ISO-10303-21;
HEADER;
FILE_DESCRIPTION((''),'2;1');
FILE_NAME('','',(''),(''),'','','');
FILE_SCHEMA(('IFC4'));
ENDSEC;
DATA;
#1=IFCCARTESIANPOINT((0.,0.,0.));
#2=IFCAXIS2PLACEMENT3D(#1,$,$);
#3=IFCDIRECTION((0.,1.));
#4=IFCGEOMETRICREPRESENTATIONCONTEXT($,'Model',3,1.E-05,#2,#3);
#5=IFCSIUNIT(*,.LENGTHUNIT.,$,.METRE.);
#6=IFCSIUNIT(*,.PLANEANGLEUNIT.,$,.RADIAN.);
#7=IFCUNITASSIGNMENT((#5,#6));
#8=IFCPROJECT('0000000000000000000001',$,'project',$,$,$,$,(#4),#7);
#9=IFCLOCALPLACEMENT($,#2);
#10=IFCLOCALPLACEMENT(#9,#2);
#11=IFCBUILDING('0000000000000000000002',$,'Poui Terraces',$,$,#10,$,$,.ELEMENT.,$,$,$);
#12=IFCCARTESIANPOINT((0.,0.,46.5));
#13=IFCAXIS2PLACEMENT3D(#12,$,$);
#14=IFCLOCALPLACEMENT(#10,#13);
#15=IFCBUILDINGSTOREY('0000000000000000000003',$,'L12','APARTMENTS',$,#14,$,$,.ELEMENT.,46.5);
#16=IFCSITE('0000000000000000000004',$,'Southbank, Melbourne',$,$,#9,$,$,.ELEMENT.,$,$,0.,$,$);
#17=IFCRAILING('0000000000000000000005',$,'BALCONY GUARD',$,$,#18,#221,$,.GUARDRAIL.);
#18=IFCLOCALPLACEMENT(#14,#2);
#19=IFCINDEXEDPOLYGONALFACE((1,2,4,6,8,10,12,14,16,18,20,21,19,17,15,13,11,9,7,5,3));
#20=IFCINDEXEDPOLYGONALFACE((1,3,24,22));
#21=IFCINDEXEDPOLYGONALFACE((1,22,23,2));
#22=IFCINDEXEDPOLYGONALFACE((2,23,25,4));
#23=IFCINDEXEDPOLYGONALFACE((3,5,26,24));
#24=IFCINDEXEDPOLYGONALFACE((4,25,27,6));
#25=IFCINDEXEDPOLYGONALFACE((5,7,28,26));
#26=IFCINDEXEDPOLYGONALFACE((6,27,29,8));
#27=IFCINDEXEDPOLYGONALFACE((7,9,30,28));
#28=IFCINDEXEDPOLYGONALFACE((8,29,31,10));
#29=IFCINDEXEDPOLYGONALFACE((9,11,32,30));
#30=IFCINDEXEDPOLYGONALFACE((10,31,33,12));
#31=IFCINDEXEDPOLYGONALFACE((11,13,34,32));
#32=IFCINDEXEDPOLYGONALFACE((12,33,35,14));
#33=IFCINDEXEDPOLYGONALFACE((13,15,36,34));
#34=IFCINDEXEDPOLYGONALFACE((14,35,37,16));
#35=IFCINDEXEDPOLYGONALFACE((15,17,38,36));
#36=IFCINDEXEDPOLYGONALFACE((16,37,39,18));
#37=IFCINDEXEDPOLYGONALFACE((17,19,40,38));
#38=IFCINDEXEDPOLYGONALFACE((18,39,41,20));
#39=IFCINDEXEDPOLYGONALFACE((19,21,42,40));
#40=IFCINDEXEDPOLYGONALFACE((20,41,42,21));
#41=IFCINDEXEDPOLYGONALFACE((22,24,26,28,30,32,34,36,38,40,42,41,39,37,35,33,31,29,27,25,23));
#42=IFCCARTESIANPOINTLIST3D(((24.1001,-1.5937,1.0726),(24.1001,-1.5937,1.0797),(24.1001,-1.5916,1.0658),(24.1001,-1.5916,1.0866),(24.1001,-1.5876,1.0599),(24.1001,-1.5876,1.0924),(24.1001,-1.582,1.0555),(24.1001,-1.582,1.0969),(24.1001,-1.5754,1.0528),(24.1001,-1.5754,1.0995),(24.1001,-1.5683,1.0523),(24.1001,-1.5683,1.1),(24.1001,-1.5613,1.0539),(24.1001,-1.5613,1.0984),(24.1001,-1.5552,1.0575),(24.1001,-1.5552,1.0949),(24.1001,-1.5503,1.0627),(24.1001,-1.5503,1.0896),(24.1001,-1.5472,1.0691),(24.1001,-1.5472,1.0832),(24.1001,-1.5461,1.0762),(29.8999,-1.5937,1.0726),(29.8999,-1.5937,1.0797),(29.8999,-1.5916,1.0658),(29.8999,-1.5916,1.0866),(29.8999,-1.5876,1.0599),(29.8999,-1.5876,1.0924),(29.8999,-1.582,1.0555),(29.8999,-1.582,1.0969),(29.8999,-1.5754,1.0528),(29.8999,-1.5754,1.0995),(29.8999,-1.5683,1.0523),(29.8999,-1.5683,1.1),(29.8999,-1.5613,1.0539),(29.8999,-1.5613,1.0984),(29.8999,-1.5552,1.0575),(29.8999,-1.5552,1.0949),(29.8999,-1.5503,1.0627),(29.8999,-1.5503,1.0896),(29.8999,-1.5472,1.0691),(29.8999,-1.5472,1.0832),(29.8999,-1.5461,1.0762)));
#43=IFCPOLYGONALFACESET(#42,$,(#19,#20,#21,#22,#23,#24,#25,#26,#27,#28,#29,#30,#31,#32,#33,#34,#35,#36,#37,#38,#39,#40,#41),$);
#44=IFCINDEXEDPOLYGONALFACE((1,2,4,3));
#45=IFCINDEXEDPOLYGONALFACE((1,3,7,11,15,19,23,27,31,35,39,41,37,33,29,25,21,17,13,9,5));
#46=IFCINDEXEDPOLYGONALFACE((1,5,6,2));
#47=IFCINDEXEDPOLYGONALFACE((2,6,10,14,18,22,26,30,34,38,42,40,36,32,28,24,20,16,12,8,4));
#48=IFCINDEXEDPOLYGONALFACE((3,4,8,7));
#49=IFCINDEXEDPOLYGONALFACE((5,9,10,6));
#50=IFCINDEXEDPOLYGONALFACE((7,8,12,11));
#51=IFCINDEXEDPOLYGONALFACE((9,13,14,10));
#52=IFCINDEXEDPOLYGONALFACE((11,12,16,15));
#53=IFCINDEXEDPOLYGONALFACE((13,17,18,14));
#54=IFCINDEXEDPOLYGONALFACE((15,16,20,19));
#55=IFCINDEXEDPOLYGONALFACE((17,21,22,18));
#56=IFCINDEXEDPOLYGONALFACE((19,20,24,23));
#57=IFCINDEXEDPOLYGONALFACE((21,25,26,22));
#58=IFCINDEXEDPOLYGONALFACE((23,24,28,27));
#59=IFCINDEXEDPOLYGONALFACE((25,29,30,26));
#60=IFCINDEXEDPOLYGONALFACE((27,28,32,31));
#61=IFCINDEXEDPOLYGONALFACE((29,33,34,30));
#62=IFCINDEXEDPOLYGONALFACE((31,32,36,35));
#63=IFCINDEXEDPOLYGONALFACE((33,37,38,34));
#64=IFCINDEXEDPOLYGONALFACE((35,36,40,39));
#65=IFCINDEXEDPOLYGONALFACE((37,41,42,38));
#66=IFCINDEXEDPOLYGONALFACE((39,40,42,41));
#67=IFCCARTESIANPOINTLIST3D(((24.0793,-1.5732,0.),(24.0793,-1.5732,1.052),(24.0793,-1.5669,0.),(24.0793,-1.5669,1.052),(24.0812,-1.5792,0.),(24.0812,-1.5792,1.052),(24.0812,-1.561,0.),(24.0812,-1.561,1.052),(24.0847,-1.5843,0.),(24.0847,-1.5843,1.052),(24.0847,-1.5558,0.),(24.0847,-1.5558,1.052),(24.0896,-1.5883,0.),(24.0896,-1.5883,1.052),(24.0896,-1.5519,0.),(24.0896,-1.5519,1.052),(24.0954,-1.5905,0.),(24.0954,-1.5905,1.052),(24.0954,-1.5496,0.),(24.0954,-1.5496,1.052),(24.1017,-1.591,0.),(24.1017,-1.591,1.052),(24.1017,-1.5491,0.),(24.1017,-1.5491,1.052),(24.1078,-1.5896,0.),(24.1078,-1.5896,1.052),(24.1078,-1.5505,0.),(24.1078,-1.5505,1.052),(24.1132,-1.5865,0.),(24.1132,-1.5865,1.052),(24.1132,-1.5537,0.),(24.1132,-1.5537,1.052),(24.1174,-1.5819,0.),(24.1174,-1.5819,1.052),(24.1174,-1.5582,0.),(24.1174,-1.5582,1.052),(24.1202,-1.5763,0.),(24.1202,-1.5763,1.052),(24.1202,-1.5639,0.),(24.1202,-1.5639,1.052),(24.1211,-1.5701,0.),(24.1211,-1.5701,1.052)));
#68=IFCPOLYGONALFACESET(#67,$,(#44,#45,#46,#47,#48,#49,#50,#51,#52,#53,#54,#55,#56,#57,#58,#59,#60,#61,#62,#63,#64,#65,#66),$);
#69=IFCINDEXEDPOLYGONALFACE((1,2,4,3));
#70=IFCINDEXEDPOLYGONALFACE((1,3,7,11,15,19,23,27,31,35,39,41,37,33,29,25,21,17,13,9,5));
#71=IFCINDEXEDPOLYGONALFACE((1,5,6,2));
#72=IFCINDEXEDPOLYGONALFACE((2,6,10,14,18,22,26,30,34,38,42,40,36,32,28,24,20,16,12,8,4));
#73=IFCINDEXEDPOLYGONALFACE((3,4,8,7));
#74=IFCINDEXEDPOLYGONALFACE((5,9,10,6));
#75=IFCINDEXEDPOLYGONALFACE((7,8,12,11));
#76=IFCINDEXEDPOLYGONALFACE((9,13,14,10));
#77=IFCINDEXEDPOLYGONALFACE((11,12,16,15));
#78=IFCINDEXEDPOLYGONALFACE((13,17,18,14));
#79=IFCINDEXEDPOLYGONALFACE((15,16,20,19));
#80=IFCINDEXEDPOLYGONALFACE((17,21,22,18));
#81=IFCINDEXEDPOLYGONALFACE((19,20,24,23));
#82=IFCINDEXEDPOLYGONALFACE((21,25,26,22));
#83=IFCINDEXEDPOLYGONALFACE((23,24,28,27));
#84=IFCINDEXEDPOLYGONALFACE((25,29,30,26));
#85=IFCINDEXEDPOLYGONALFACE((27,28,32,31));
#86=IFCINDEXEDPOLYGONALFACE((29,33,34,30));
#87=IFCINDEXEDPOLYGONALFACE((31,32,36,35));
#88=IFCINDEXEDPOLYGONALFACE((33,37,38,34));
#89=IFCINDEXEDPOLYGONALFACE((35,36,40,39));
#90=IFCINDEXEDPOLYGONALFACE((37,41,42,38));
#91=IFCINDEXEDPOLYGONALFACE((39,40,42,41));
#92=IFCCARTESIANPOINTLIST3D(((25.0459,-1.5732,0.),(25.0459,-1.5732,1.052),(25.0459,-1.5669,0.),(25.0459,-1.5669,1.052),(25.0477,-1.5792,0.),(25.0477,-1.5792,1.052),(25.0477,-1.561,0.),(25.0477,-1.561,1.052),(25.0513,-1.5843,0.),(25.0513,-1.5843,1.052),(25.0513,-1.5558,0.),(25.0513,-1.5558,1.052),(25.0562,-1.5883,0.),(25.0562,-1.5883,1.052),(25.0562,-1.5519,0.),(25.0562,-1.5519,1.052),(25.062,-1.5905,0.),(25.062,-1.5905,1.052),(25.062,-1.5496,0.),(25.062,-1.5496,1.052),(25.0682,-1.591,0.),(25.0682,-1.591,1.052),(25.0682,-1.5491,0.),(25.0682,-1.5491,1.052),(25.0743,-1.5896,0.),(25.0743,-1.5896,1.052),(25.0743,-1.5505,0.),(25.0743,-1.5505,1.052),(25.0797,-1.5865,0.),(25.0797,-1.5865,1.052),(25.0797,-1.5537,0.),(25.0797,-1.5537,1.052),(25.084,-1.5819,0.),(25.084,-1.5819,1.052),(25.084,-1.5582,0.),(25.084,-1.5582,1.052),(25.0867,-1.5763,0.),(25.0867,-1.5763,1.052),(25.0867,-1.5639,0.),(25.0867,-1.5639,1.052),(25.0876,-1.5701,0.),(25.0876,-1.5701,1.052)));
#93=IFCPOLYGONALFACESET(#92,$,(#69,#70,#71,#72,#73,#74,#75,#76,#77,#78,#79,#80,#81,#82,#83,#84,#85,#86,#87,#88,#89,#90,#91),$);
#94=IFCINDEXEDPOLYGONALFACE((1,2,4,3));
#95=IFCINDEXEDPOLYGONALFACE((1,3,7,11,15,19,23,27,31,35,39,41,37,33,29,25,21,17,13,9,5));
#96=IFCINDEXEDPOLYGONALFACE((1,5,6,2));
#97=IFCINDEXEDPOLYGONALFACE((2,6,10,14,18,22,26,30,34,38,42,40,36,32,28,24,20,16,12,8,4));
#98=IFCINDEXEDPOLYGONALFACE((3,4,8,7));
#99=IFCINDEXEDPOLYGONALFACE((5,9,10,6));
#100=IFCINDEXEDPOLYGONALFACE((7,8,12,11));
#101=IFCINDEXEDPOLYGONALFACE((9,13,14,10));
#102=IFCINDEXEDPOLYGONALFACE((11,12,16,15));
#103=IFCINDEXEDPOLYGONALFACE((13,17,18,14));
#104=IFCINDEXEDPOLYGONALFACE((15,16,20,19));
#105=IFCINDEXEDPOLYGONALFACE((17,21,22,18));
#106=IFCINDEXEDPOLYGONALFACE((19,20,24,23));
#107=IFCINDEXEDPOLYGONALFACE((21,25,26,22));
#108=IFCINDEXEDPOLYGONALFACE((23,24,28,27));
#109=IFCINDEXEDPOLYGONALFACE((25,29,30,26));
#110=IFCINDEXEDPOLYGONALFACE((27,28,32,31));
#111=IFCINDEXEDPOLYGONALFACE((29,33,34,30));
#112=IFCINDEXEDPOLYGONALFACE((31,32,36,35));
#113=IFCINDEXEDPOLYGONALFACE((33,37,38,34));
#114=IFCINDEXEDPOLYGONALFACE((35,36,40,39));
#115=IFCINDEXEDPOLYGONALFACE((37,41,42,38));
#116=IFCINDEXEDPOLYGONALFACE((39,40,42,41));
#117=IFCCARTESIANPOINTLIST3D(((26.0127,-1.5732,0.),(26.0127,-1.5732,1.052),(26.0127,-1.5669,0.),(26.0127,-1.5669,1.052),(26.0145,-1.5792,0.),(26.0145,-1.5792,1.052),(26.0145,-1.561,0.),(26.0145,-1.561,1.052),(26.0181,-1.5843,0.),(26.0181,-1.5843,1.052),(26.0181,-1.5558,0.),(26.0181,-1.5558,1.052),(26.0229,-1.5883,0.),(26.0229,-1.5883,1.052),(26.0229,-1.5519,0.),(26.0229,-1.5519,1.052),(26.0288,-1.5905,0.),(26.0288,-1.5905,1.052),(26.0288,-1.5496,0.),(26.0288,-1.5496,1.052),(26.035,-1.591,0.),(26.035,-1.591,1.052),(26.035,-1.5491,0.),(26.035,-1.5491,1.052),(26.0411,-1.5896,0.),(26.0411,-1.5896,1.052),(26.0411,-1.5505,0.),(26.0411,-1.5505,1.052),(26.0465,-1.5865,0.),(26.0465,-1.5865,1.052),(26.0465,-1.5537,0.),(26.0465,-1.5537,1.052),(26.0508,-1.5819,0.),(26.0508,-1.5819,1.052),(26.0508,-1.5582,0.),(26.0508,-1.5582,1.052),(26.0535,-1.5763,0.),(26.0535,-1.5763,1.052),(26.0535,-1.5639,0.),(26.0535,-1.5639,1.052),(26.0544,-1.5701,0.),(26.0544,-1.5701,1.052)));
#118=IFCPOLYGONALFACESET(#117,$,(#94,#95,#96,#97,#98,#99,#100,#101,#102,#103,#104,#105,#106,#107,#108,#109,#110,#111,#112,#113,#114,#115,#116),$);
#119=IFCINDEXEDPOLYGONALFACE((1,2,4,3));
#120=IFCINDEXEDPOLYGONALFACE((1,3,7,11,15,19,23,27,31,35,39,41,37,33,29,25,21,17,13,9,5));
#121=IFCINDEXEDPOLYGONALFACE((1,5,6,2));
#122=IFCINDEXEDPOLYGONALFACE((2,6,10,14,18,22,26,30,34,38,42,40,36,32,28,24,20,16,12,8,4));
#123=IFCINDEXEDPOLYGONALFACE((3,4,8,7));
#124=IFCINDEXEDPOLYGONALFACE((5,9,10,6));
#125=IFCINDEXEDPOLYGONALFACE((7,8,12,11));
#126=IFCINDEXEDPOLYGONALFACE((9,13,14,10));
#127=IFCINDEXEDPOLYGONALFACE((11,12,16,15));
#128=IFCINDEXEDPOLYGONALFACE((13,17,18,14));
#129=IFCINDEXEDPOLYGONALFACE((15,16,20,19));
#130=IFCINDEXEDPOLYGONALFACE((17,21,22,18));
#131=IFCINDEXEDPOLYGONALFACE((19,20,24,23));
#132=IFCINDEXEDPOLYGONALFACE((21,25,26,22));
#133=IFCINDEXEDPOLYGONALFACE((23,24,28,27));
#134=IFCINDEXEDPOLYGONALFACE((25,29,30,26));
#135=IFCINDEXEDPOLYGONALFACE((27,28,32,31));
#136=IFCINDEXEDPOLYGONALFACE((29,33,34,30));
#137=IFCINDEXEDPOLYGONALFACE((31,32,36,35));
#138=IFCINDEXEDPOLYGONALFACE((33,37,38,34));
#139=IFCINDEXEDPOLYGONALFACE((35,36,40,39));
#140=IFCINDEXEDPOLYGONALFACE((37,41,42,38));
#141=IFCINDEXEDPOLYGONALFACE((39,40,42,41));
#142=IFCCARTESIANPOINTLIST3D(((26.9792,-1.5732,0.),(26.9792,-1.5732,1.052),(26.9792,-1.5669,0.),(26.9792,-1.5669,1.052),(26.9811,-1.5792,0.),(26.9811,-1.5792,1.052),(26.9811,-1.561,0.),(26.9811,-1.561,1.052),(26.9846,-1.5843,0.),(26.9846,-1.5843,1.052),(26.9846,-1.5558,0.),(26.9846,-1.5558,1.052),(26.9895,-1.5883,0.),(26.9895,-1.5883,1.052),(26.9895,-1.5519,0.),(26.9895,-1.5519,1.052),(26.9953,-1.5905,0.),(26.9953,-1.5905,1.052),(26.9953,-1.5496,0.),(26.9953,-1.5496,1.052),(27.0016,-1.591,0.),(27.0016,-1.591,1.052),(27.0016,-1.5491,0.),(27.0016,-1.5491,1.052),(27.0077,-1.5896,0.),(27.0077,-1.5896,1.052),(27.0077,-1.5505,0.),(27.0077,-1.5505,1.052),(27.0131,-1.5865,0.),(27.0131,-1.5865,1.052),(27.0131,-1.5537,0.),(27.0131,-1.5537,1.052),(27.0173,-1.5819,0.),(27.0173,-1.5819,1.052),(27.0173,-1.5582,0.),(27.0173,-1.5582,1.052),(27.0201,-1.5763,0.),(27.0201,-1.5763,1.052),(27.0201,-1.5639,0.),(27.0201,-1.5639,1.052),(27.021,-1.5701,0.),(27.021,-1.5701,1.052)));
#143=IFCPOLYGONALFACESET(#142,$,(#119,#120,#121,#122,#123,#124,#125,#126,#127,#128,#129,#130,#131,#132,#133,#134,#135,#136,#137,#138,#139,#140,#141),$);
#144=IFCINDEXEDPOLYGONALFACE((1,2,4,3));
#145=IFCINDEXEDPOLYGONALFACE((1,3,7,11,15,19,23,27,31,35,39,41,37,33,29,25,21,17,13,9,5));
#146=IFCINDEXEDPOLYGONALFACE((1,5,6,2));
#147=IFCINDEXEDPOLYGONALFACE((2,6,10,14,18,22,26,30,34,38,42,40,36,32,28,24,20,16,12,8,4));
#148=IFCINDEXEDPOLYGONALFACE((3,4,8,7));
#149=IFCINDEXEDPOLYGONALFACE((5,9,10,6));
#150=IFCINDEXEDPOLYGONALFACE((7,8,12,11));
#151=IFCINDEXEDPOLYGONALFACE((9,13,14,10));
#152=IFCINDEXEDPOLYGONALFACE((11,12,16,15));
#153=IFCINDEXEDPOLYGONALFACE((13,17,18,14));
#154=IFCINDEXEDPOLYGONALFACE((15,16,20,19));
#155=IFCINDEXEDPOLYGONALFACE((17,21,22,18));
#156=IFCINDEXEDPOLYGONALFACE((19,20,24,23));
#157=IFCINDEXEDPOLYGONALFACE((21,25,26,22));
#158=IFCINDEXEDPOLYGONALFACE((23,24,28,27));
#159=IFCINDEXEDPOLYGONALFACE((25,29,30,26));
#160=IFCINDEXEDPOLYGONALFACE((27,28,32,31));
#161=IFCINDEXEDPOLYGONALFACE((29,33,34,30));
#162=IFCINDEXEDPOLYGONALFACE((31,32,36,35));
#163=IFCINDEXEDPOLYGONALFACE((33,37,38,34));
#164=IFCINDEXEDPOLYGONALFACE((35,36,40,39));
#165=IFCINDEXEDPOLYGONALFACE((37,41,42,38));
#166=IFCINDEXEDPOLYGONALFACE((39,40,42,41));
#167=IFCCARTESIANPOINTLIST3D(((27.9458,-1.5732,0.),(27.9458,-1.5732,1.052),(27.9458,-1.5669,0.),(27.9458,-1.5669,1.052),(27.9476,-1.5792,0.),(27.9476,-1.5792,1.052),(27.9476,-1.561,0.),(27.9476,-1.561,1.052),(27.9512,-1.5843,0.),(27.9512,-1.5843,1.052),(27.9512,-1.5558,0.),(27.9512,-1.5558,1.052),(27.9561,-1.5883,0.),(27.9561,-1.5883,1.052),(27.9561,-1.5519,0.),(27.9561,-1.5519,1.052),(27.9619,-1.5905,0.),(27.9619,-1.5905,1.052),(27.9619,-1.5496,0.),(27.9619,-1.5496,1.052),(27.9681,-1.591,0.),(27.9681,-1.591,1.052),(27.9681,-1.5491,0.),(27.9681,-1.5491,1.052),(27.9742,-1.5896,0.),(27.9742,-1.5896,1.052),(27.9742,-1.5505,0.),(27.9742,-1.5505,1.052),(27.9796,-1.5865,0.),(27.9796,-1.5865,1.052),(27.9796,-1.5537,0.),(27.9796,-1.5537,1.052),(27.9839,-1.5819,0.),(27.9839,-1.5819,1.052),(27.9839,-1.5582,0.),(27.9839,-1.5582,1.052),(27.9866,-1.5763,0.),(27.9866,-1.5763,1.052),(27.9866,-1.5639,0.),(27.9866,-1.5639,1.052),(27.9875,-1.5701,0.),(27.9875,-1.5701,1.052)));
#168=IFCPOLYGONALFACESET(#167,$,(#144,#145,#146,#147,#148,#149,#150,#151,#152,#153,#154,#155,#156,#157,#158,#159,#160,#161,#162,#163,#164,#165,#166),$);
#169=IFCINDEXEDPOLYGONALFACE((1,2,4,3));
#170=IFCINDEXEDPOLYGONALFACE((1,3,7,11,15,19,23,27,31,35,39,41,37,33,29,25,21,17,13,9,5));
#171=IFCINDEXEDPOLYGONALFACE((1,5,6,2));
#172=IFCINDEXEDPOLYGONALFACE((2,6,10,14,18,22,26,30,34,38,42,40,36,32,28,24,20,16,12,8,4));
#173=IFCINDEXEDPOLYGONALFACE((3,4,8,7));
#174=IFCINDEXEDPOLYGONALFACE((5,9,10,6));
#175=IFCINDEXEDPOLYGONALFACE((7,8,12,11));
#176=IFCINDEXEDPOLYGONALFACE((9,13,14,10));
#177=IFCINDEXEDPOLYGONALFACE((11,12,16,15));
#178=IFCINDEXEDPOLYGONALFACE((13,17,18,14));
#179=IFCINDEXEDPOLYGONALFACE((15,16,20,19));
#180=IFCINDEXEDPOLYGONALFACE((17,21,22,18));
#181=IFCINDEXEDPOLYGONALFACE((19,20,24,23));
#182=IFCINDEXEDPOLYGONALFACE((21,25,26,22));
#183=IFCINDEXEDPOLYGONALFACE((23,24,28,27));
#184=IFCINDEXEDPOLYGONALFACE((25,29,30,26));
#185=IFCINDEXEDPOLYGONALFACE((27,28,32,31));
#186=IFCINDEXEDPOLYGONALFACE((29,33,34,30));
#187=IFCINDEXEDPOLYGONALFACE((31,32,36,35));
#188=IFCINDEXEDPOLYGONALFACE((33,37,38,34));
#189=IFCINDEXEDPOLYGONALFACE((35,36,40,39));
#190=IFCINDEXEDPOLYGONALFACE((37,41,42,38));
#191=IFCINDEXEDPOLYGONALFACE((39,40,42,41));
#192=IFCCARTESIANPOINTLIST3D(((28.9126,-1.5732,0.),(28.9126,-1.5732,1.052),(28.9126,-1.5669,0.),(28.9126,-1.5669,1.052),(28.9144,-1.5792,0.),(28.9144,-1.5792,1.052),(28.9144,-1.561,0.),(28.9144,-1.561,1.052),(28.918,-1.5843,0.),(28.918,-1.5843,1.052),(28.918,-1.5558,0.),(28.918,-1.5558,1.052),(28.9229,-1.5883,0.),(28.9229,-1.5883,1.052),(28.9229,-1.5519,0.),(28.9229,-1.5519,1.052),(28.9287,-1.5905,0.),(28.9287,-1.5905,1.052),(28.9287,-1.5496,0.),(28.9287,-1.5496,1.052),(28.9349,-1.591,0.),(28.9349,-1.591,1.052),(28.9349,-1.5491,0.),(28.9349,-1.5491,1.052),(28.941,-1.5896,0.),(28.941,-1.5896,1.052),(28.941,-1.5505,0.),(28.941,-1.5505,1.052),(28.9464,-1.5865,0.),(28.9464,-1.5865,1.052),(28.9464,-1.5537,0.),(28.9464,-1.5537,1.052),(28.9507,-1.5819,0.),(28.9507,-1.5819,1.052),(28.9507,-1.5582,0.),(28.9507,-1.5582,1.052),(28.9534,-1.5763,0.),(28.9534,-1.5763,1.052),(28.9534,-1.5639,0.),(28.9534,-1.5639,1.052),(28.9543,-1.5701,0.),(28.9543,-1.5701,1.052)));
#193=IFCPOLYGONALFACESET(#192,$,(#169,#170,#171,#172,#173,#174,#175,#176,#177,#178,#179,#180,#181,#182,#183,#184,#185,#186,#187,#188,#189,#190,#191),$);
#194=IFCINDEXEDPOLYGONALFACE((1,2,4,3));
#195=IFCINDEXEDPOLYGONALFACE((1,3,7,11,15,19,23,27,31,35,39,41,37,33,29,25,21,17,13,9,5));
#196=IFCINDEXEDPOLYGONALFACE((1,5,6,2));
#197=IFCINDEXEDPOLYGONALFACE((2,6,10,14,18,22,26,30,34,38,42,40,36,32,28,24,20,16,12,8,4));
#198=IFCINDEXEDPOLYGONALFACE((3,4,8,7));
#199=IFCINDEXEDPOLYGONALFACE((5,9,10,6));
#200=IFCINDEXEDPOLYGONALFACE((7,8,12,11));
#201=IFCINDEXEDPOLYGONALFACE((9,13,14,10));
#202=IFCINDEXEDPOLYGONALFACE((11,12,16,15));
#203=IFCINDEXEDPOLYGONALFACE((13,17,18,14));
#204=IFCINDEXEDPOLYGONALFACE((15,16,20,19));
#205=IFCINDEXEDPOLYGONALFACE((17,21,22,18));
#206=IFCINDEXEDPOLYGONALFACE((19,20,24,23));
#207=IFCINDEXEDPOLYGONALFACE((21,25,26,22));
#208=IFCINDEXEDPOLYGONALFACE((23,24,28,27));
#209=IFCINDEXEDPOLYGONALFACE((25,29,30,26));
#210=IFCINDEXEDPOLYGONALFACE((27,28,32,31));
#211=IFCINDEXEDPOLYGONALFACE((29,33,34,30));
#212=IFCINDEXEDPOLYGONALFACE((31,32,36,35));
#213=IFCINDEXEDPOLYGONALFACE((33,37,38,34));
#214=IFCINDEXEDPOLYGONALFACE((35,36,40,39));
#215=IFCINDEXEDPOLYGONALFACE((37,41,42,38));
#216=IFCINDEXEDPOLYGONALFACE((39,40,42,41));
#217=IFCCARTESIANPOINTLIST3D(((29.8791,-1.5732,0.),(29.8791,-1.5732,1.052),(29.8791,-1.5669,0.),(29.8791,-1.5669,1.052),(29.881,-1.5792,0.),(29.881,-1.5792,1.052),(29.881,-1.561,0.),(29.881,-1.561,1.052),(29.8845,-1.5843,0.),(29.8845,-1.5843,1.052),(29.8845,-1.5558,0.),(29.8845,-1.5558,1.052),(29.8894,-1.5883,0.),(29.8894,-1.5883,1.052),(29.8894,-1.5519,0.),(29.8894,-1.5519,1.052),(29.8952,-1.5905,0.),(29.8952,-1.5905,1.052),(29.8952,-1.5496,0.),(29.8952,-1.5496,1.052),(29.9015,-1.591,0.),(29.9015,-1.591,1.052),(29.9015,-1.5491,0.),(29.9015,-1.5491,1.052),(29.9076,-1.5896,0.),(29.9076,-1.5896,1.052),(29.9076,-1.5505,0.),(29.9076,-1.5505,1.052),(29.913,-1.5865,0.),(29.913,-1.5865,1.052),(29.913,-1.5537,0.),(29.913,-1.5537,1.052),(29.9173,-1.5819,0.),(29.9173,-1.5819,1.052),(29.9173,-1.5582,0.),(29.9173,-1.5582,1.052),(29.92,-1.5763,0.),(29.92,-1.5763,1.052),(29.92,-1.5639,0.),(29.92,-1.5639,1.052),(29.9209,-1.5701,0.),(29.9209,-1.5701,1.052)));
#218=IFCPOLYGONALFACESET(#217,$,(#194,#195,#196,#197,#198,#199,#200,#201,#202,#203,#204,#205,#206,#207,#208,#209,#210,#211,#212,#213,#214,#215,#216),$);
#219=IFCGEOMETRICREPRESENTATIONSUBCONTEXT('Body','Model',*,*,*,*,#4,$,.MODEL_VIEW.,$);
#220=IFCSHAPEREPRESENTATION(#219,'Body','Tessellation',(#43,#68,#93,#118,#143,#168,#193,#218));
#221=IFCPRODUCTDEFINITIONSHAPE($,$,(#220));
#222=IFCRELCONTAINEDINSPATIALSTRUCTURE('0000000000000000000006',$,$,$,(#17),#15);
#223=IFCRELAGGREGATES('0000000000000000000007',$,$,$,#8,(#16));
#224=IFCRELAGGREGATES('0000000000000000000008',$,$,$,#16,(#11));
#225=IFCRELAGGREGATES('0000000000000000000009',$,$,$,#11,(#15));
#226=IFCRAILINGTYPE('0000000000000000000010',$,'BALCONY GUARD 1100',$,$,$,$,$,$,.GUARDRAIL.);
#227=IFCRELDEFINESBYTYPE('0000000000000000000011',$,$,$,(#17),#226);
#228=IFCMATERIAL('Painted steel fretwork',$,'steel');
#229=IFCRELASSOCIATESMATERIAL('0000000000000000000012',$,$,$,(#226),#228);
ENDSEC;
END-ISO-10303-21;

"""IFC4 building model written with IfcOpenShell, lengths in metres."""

from ifc_helpers import new_model, si_unit, direction, frame, origin, origin_2d, place, context, subcontext, project, spatial, circle, extrude, material, type_object, element, save


model = new_model("IFC4")

# Units and contexts
model_context = context("Model", 3, precision=1e-05, world=origin(), true_north=direction((0.0, 1.0)))
body_context = subcontext(model_context, "Body", "Model", "MODEL_VIEW")
ifc_project = project(units=[si_unit("LENGTHUNIT", "METRE"), si_unit("PLANEANGLEUNIT", "RADIAN")], contexts=[model_context])

# Site, building, storey
site_placement = place(None, origin())
site = spatial("IfcSite", under=ifc_project, at=site_placement, Name="Southbank, Melbourne", CompositionType="ELEMENT", RefElevation=0.0)
building_placement = place(site_placement, origin())
building = spatial("IfcBuilding", under=site, at=building_placement, Name="Poui Terraces", CompositionType="ELEMENT")
storey_placement = place(building_placement, frame((0.0, 0.0, 46.5)))
storey = spatial("IfcBuildingStorey", under=building, at=storey_placement, Name="L12", Description="APARTMENTS", CompositionType="ELEMENT", Elevation=46.5)

# Railing
ifc_material_1 = material(Name="Painted steel fretwork", Category="steel")
railing_type = type_object("IfcRailingType", Name="BALCONY GUARD 1100", PredefinedType="GUARDRAIL", material=ifc_material_1)
railing_placement = place(storey_placement, frame((24.1001, -1.5701, 0.0)))
element("IfcRailing", 1, at=railing_placement, inside=storey, type_object=railing_type, Name="BALCONY GUARD", PredefinedType="GUARDRAIL", context=body_context, shape_type="SweptSolid", body=[
    extrude(circle(Radius=0.0239, at=origin_2d()), frame((0.0, 0.0, 1.0762), z_axis=(1.0, 0.0, 0.0), x_axis=(0.0, 1.0, 0.0)), (0.0, 0.0, 1.0), 5.7998),
    extrude(circle(Radius=0.021, at=origin_2d()), origin(), (0.0, 0.0, 1.0), 1.052),
    extrude(circle(Radius=0.021, at=origin_2d()), frame((0.9666, 0.0, 0.0)), (0.0, 0.0, 1.0), 1.052),
    extrude(circle(Radius=0.021, at=origin_2d()), frame((1.9333, 0.0, 0.0)), (0.0, 0.0, 1.0), 1.052),
    extrude(circle(Radius=0.021, at=origin_2d()), frame((2.8999, 0.0, 0.0)), (0.0, 0.0, 1.0), 1.052),
    extrude(circle(Radius=0.021, at=origin_2d()), frame((3.8665, 0.0, 0.0)), (0.0, 0.0, 1.0), 1.052),
    extrude(circle(Radius=0.021, at=origin_2d()), frame((4.8333, 0.0, 0.0)), (0.0, 0.0, 1.0), 1.052),
    extrude(circle(Radius=0.021, at=origin_2d()), frame((5.7998, 0.0, 0.0)), (0.0, 0.0, 1.0), 1.052),
])

save(model, "model.ifc")
